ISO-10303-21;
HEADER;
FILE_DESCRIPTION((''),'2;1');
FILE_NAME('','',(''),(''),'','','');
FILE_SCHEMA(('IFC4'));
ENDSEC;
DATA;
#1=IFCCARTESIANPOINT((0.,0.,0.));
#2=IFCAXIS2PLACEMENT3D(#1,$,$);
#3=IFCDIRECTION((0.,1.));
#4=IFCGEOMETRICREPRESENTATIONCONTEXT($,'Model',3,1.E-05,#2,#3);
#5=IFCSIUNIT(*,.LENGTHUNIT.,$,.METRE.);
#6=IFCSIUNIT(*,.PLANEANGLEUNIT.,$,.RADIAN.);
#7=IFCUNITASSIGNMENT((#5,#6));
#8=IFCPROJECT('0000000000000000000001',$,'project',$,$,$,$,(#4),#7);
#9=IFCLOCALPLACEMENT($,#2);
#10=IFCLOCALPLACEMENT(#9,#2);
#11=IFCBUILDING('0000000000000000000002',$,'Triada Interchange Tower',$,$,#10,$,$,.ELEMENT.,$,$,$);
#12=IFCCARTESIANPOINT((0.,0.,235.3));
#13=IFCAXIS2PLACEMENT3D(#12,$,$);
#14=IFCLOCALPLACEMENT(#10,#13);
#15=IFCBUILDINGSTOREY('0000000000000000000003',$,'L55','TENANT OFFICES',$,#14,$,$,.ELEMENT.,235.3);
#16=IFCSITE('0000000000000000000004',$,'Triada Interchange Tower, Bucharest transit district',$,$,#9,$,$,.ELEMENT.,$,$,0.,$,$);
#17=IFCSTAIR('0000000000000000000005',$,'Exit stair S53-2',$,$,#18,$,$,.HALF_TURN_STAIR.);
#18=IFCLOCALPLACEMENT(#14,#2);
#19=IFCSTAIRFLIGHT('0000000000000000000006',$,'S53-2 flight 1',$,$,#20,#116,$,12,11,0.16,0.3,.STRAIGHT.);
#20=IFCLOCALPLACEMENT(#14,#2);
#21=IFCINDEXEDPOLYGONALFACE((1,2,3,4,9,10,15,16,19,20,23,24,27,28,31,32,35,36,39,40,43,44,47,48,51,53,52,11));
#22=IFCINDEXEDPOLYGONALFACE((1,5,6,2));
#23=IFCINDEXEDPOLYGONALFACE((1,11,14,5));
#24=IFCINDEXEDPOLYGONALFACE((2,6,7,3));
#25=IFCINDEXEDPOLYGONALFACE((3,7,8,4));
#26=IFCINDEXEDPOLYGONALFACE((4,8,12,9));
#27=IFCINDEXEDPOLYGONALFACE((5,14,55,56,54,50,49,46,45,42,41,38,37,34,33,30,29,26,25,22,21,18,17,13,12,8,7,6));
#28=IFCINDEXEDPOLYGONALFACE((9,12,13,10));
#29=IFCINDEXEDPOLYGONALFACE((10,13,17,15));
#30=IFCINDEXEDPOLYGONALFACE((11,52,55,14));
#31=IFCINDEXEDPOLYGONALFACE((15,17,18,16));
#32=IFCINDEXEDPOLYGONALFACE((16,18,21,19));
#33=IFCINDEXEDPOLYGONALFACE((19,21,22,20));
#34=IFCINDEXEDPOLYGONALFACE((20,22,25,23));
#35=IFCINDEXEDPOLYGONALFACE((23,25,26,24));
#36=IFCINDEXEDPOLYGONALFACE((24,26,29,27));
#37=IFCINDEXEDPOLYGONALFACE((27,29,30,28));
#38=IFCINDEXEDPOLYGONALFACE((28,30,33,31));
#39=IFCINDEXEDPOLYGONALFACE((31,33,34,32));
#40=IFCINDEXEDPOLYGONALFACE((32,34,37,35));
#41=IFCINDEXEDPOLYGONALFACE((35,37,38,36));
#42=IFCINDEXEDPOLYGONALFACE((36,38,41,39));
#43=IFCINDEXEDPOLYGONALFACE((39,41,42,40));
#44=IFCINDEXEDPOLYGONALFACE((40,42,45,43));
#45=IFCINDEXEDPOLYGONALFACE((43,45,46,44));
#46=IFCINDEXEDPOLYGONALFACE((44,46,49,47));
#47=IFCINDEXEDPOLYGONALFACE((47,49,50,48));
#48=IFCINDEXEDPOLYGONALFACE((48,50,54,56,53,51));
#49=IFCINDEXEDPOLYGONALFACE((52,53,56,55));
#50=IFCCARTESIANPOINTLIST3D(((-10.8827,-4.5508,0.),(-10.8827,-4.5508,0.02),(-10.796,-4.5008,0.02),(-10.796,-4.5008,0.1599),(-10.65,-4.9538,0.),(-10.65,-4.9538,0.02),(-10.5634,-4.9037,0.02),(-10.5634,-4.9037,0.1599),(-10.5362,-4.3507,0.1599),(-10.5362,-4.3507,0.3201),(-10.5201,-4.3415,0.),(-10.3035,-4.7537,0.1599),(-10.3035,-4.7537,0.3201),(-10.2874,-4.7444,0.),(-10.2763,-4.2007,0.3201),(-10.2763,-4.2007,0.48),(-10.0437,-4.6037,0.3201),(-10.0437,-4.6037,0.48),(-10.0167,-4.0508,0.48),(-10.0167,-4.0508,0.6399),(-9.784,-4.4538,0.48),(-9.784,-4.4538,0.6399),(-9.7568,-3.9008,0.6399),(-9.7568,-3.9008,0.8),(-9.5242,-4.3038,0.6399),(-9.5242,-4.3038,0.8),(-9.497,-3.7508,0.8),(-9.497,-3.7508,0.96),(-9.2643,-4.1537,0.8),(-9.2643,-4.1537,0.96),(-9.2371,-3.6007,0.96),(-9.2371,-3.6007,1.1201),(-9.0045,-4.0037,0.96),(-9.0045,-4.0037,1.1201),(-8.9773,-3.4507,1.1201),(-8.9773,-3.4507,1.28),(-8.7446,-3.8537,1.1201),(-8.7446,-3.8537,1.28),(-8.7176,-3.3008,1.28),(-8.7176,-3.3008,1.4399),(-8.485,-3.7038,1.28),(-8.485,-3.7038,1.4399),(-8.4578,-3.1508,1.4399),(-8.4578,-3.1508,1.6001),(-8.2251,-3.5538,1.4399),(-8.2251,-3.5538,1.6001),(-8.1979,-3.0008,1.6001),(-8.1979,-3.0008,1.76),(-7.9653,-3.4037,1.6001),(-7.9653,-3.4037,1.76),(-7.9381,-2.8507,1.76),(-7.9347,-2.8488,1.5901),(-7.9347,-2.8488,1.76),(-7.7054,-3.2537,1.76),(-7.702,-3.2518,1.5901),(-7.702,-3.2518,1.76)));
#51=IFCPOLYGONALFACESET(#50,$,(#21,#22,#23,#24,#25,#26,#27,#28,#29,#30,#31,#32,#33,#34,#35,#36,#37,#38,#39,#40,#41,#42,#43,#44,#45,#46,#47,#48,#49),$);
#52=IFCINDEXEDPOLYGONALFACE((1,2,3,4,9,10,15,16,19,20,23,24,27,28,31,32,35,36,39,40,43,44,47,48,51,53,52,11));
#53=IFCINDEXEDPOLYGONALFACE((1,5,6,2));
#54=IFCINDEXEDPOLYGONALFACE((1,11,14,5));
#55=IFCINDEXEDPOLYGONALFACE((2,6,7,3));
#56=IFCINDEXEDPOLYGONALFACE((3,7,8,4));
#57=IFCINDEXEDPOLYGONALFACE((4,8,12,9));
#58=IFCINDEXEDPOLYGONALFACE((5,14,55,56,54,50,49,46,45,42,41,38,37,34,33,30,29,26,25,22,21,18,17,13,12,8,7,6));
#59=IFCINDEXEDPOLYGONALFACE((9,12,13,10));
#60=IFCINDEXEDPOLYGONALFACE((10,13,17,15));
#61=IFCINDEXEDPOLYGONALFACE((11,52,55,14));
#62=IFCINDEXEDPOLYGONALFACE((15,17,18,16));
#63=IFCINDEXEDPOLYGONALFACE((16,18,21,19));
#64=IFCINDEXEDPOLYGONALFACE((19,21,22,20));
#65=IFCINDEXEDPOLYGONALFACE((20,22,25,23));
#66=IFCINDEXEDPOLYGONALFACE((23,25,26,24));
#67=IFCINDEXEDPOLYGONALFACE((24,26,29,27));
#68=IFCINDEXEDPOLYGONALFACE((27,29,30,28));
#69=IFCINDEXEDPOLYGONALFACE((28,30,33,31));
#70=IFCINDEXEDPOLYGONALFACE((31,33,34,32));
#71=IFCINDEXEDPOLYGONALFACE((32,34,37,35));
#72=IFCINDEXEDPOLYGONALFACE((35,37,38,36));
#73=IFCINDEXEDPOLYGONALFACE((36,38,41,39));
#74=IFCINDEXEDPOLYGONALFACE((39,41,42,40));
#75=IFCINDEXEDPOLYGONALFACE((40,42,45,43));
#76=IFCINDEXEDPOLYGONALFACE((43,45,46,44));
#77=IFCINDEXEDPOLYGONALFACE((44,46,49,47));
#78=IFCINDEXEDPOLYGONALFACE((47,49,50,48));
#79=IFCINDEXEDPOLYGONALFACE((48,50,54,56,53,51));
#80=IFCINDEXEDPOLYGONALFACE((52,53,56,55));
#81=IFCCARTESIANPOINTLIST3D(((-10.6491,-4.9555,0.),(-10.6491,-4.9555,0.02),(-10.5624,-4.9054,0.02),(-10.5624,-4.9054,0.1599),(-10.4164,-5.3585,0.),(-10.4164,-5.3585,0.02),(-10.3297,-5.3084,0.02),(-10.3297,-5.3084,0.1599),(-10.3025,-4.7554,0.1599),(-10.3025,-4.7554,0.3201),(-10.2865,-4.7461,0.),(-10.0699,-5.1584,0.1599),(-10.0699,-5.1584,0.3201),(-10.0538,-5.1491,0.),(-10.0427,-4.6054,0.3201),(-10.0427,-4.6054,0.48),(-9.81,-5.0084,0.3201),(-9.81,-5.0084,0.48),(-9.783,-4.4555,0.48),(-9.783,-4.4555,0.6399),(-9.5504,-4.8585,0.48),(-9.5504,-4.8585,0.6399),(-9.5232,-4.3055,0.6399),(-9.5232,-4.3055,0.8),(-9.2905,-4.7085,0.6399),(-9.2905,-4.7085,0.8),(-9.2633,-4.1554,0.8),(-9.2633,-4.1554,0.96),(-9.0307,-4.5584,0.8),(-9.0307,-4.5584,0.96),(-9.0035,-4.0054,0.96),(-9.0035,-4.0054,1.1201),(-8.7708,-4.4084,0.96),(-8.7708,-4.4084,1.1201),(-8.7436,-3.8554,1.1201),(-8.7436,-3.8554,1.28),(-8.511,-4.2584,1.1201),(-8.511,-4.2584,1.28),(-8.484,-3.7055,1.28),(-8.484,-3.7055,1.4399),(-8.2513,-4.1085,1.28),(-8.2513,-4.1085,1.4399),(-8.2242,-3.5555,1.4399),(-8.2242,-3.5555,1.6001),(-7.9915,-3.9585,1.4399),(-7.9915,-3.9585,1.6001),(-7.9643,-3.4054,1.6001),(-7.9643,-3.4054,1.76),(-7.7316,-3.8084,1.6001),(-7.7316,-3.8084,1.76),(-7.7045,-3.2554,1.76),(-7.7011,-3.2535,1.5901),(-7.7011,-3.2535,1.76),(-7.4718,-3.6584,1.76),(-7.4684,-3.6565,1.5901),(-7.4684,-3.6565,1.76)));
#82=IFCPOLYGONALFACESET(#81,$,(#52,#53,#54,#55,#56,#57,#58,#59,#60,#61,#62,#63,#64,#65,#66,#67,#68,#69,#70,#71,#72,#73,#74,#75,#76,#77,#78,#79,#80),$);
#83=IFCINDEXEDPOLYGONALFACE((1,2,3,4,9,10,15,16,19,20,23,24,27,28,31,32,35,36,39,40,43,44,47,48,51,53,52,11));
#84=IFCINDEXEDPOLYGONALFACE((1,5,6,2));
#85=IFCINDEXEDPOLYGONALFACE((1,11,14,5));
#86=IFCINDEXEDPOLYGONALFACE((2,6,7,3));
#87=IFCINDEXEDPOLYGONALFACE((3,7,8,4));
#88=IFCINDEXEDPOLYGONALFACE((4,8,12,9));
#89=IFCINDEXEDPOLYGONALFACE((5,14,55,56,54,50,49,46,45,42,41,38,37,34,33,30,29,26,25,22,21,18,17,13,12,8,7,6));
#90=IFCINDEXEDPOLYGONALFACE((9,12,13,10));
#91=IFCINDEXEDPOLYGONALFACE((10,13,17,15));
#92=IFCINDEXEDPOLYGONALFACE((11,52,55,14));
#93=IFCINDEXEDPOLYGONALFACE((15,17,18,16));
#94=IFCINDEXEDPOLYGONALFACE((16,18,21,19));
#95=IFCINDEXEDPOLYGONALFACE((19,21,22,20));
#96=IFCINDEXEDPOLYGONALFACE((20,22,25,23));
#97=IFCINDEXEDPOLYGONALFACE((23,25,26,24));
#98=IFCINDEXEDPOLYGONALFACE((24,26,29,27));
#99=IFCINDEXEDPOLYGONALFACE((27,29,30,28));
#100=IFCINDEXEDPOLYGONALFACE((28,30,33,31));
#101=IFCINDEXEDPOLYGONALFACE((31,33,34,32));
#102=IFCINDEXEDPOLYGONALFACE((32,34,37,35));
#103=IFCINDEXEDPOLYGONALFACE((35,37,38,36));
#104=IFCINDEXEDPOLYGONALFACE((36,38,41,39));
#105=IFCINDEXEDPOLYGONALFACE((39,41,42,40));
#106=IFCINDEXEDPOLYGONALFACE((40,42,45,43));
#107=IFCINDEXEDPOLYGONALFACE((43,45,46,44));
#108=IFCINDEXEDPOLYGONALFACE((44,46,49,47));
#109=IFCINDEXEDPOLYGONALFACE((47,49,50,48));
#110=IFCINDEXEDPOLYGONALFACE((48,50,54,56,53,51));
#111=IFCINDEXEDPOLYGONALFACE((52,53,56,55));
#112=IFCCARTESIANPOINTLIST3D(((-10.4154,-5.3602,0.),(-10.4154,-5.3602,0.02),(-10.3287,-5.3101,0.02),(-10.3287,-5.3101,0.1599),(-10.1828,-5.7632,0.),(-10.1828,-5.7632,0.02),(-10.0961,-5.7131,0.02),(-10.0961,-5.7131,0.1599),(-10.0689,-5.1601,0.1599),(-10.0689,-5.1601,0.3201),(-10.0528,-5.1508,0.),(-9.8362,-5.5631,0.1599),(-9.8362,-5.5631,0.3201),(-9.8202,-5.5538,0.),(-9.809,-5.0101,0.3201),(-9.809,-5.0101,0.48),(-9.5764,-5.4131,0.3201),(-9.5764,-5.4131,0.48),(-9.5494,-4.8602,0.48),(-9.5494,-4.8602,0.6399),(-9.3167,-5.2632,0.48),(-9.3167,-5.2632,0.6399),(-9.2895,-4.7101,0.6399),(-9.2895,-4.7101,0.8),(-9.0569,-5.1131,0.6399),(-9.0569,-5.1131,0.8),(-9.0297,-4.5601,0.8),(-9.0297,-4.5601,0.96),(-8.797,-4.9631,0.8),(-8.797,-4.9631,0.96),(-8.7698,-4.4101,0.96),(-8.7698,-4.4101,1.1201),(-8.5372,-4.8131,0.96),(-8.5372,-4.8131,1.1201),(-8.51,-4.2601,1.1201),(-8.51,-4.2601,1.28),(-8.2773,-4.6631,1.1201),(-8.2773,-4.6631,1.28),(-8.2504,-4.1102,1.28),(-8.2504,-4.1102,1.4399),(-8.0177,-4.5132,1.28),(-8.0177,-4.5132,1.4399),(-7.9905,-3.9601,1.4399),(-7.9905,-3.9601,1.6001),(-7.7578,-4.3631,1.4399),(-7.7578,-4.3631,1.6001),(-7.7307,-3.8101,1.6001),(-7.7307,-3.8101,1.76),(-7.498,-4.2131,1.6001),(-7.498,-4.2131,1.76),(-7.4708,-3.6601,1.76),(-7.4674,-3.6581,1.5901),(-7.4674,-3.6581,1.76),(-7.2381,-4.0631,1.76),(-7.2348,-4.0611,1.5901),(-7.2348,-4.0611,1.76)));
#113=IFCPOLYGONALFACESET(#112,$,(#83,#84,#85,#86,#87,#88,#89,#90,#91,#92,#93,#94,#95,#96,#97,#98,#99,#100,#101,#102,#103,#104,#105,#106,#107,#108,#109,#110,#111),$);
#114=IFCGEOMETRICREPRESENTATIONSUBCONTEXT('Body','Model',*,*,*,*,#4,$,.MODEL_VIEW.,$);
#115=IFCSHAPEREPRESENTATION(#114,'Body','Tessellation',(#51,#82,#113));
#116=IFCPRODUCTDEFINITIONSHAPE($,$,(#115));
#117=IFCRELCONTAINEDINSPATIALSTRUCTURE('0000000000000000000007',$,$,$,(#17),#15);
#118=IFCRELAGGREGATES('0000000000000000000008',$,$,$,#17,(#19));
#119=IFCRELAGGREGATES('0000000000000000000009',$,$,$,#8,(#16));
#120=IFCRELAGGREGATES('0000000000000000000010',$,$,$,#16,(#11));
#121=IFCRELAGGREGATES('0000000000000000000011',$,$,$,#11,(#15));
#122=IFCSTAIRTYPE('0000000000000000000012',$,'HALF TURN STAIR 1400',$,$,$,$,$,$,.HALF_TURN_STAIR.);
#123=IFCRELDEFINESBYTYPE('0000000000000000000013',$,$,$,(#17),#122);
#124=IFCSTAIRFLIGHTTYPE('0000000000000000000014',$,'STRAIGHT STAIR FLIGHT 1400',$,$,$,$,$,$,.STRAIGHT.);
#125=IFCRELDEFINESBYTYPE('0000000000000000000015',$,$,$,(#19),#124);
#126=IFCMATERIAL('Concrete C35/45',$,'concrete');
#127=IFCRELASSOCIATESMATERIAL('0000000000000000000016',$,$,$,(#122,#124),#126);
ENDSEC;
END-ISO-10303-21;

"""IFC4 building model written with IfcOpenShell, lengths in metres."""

from ifc_helpers import new_model, si_unit, direction, frame, origin, place, context, subcontext, project, spatial, polyline, outline, extrude, material, type_object, element, aggregate, save


model = new_model("IFC4")

# Units and contexts
model_context = context("Model", 3, precision=1e-05, world=origin(), true_north=direction((0.0, 1.0)))
body_context = subcontext(model_context, "Body", "Model", "MODEL_VIEW")
ifc_project = project(units=[si_unit("LENGTHUNIT", "METRE"), si_unit("PLANEANGLEUNIT", "RADIAN")], contexts=[model_context])

# Site, building, storey
site_placement = place(None, origin())
site = spatial("IfcSite", under=ifc_project, at=site_placement, Name="Triada Interchange Tower, Bucharest transit district", CompositionType="ELEMENT", RefElevation=0.0)
building_placement = place(site_placement, origin())
building = spatial("IfcBuilding", under=site, at=building_placement, Name="Triada Interchange Tower", CompositionType="ELEMENT")
storey_placement = place(building_placement, frame((0.0, 0.0, 235.3)))
storey = spatial("IfcBuildingStorey", under=building, at=storey_placement, Name="L55", Description="TENANT OFFICES", CompositionType="ELEMENT", Elevation=235.3)

# Stair, stair flight
ifc_material_1 = material(Name="Concrete C35/45", Category="concrete")
stair_type = type_object("IfcStairType", Name="HALF TURN STAIR 1400", PredefinedType="HALF_TURN_STAIR", material=ifc_material_1)
stair_placement = place(storey_placement, origin())
stair = element("IfcStair", 1, at=stair_placement, inside=storey, type_object=stair_type, Name="Exit stair S53-2", PredefinedType="HALF_TURN_STAIR")
stair_flight_type = type_object("IfcStairFlightType", Name="STRAIGHT STAIR FLIGHT 1400", PredefinedType="STRAIGHT", material=ifc_material_1)
stair_flight_1_placement = place(storey_placement, frame((-10.446, -5.1069, 0.0), z_axis=(0.0, 0.0, 1.0), x_axis=(0.866025, 0.5, 0.0)))
stair_flight_1 = element("IfcStairFlight", 2, at=stair_flight_1_placement, type_object=stair_flight_type, Name="S53-2 flight 1", NumberOfRisers=12, NumberOfTreads=11, PredefinedType="STRAIGHT", RiserHeight=0.16, TreadLength=0.3, context=body_context, shape_type="SweptSolid", body=[
    extrude(outline(polyline([(-0.1001, 0.0), (-0.1001, 0.02), (0.0, 0.02), (0.0, 0.1599), (0.3, 0.1599), (0.3, 0.3201), (0.6001, 0.3201), (0.6001, 0.48), (0.8999, 0.48), (0.8999, 0.6399), (1.2, 0.6399), (1.2, 0.8), (1.5, 0.8), (1.5, 0.96), (1.8, 0.96), (1.8, 1.1201), (2.1001, 1.1201), (2.1001, 1.28), (2.3999, 1.28), (2.3999, 1.4399), (2.7, 1.4399), (2.7, 1.6001), (3.0, 1.6001), (3.0, 1.76), (3.3, 1.76), (3.304, 1.76), (3.304, 1.9199), (3.304, 1.5901), (0.3186, 0.0), (-0.1001, 0.0)])), frame((0.0, 0.7, 0.0), z_axis=(0.0, -1.0, 0.0), x_axis=(1.0, 0.0, 0.0)), (0.0, 0.0, 1.0), 0.4653),
    extrude(outline(polyline([(-0.1001, 0.0), (-0.1001, 0.02), (0.0, 0.02), (0.0, 0.1599), (0.3, 0.1599), (0.3, 0.3201), (0.6001, 0.3201), (0.6001, 0.48), (0.8999, 0.48), (0.8999, 0.6399), (1.2, 0.6399), (1.2, 0.8), (1.5, 0.8), (1.5, 0.96), (1.8, 0.96), (1.8, 1.1201), (2.1001, 1.1201), (2.1001, 1.28), (2.3999, 1.28), (2.3999, 1.4399), (2.7, 1.4399), (2.7, 1.6001), (3.0, 1.6001), (3.0, 1.76), (3.3, 1.76), (3.304, 1.76), (3.304, 1.9199), (3.304, 1.5901), (0.3186, 0.0), (-0.1001, 0.0)])), frame((0.0, 0.2327, 0.0), z_axis=(0.0, -1.0, 0.0), x_axis=(1.0, 0.0, 0.0)), (0.0, 0.0, 1.0), 0.4653),
    extrude(outline(polyline([(-0.1001, 0.0), (-0.1001, 0.02), (0.0, 0.02), (0.0, 0.1599), (0.3, 0.1599), (0.3, 0.3201), (0.6001, 0.3201), (0.6001, 0.48), (0.8999, 0.48), (0.8999, 0.6399), (1.2, 0.6399), (1.2, 0.8), (1.5, 0.8), (1.5, 0.96), (1.8, 0.96), (1.8, 1.1201), (2.1001, 1.1201), (2.1001, 1.28), (2.3999, 1.28), (2.3999, 1.4399), (2.7, 1.4399), (2.7, 1.6001), (3.0, 1.6001), (3.0, 1.76), (3.3, 1.76), (3.304, 1.76), (3.304, 1.9199), (3.304, 1.5901), (0.3186, 0.0), (-0.1001, 0.0)])), frame((0.0, -0.2346, 0.0), z_axis=(0.0, -1.0, 0.0), x_axis=(1.0, 0.0, 0.0)), (0.0, 0.0, 1.0), 0.4653),
])

aggregate(stair, [stair_flight_1])

save(model, "model.ifc")
